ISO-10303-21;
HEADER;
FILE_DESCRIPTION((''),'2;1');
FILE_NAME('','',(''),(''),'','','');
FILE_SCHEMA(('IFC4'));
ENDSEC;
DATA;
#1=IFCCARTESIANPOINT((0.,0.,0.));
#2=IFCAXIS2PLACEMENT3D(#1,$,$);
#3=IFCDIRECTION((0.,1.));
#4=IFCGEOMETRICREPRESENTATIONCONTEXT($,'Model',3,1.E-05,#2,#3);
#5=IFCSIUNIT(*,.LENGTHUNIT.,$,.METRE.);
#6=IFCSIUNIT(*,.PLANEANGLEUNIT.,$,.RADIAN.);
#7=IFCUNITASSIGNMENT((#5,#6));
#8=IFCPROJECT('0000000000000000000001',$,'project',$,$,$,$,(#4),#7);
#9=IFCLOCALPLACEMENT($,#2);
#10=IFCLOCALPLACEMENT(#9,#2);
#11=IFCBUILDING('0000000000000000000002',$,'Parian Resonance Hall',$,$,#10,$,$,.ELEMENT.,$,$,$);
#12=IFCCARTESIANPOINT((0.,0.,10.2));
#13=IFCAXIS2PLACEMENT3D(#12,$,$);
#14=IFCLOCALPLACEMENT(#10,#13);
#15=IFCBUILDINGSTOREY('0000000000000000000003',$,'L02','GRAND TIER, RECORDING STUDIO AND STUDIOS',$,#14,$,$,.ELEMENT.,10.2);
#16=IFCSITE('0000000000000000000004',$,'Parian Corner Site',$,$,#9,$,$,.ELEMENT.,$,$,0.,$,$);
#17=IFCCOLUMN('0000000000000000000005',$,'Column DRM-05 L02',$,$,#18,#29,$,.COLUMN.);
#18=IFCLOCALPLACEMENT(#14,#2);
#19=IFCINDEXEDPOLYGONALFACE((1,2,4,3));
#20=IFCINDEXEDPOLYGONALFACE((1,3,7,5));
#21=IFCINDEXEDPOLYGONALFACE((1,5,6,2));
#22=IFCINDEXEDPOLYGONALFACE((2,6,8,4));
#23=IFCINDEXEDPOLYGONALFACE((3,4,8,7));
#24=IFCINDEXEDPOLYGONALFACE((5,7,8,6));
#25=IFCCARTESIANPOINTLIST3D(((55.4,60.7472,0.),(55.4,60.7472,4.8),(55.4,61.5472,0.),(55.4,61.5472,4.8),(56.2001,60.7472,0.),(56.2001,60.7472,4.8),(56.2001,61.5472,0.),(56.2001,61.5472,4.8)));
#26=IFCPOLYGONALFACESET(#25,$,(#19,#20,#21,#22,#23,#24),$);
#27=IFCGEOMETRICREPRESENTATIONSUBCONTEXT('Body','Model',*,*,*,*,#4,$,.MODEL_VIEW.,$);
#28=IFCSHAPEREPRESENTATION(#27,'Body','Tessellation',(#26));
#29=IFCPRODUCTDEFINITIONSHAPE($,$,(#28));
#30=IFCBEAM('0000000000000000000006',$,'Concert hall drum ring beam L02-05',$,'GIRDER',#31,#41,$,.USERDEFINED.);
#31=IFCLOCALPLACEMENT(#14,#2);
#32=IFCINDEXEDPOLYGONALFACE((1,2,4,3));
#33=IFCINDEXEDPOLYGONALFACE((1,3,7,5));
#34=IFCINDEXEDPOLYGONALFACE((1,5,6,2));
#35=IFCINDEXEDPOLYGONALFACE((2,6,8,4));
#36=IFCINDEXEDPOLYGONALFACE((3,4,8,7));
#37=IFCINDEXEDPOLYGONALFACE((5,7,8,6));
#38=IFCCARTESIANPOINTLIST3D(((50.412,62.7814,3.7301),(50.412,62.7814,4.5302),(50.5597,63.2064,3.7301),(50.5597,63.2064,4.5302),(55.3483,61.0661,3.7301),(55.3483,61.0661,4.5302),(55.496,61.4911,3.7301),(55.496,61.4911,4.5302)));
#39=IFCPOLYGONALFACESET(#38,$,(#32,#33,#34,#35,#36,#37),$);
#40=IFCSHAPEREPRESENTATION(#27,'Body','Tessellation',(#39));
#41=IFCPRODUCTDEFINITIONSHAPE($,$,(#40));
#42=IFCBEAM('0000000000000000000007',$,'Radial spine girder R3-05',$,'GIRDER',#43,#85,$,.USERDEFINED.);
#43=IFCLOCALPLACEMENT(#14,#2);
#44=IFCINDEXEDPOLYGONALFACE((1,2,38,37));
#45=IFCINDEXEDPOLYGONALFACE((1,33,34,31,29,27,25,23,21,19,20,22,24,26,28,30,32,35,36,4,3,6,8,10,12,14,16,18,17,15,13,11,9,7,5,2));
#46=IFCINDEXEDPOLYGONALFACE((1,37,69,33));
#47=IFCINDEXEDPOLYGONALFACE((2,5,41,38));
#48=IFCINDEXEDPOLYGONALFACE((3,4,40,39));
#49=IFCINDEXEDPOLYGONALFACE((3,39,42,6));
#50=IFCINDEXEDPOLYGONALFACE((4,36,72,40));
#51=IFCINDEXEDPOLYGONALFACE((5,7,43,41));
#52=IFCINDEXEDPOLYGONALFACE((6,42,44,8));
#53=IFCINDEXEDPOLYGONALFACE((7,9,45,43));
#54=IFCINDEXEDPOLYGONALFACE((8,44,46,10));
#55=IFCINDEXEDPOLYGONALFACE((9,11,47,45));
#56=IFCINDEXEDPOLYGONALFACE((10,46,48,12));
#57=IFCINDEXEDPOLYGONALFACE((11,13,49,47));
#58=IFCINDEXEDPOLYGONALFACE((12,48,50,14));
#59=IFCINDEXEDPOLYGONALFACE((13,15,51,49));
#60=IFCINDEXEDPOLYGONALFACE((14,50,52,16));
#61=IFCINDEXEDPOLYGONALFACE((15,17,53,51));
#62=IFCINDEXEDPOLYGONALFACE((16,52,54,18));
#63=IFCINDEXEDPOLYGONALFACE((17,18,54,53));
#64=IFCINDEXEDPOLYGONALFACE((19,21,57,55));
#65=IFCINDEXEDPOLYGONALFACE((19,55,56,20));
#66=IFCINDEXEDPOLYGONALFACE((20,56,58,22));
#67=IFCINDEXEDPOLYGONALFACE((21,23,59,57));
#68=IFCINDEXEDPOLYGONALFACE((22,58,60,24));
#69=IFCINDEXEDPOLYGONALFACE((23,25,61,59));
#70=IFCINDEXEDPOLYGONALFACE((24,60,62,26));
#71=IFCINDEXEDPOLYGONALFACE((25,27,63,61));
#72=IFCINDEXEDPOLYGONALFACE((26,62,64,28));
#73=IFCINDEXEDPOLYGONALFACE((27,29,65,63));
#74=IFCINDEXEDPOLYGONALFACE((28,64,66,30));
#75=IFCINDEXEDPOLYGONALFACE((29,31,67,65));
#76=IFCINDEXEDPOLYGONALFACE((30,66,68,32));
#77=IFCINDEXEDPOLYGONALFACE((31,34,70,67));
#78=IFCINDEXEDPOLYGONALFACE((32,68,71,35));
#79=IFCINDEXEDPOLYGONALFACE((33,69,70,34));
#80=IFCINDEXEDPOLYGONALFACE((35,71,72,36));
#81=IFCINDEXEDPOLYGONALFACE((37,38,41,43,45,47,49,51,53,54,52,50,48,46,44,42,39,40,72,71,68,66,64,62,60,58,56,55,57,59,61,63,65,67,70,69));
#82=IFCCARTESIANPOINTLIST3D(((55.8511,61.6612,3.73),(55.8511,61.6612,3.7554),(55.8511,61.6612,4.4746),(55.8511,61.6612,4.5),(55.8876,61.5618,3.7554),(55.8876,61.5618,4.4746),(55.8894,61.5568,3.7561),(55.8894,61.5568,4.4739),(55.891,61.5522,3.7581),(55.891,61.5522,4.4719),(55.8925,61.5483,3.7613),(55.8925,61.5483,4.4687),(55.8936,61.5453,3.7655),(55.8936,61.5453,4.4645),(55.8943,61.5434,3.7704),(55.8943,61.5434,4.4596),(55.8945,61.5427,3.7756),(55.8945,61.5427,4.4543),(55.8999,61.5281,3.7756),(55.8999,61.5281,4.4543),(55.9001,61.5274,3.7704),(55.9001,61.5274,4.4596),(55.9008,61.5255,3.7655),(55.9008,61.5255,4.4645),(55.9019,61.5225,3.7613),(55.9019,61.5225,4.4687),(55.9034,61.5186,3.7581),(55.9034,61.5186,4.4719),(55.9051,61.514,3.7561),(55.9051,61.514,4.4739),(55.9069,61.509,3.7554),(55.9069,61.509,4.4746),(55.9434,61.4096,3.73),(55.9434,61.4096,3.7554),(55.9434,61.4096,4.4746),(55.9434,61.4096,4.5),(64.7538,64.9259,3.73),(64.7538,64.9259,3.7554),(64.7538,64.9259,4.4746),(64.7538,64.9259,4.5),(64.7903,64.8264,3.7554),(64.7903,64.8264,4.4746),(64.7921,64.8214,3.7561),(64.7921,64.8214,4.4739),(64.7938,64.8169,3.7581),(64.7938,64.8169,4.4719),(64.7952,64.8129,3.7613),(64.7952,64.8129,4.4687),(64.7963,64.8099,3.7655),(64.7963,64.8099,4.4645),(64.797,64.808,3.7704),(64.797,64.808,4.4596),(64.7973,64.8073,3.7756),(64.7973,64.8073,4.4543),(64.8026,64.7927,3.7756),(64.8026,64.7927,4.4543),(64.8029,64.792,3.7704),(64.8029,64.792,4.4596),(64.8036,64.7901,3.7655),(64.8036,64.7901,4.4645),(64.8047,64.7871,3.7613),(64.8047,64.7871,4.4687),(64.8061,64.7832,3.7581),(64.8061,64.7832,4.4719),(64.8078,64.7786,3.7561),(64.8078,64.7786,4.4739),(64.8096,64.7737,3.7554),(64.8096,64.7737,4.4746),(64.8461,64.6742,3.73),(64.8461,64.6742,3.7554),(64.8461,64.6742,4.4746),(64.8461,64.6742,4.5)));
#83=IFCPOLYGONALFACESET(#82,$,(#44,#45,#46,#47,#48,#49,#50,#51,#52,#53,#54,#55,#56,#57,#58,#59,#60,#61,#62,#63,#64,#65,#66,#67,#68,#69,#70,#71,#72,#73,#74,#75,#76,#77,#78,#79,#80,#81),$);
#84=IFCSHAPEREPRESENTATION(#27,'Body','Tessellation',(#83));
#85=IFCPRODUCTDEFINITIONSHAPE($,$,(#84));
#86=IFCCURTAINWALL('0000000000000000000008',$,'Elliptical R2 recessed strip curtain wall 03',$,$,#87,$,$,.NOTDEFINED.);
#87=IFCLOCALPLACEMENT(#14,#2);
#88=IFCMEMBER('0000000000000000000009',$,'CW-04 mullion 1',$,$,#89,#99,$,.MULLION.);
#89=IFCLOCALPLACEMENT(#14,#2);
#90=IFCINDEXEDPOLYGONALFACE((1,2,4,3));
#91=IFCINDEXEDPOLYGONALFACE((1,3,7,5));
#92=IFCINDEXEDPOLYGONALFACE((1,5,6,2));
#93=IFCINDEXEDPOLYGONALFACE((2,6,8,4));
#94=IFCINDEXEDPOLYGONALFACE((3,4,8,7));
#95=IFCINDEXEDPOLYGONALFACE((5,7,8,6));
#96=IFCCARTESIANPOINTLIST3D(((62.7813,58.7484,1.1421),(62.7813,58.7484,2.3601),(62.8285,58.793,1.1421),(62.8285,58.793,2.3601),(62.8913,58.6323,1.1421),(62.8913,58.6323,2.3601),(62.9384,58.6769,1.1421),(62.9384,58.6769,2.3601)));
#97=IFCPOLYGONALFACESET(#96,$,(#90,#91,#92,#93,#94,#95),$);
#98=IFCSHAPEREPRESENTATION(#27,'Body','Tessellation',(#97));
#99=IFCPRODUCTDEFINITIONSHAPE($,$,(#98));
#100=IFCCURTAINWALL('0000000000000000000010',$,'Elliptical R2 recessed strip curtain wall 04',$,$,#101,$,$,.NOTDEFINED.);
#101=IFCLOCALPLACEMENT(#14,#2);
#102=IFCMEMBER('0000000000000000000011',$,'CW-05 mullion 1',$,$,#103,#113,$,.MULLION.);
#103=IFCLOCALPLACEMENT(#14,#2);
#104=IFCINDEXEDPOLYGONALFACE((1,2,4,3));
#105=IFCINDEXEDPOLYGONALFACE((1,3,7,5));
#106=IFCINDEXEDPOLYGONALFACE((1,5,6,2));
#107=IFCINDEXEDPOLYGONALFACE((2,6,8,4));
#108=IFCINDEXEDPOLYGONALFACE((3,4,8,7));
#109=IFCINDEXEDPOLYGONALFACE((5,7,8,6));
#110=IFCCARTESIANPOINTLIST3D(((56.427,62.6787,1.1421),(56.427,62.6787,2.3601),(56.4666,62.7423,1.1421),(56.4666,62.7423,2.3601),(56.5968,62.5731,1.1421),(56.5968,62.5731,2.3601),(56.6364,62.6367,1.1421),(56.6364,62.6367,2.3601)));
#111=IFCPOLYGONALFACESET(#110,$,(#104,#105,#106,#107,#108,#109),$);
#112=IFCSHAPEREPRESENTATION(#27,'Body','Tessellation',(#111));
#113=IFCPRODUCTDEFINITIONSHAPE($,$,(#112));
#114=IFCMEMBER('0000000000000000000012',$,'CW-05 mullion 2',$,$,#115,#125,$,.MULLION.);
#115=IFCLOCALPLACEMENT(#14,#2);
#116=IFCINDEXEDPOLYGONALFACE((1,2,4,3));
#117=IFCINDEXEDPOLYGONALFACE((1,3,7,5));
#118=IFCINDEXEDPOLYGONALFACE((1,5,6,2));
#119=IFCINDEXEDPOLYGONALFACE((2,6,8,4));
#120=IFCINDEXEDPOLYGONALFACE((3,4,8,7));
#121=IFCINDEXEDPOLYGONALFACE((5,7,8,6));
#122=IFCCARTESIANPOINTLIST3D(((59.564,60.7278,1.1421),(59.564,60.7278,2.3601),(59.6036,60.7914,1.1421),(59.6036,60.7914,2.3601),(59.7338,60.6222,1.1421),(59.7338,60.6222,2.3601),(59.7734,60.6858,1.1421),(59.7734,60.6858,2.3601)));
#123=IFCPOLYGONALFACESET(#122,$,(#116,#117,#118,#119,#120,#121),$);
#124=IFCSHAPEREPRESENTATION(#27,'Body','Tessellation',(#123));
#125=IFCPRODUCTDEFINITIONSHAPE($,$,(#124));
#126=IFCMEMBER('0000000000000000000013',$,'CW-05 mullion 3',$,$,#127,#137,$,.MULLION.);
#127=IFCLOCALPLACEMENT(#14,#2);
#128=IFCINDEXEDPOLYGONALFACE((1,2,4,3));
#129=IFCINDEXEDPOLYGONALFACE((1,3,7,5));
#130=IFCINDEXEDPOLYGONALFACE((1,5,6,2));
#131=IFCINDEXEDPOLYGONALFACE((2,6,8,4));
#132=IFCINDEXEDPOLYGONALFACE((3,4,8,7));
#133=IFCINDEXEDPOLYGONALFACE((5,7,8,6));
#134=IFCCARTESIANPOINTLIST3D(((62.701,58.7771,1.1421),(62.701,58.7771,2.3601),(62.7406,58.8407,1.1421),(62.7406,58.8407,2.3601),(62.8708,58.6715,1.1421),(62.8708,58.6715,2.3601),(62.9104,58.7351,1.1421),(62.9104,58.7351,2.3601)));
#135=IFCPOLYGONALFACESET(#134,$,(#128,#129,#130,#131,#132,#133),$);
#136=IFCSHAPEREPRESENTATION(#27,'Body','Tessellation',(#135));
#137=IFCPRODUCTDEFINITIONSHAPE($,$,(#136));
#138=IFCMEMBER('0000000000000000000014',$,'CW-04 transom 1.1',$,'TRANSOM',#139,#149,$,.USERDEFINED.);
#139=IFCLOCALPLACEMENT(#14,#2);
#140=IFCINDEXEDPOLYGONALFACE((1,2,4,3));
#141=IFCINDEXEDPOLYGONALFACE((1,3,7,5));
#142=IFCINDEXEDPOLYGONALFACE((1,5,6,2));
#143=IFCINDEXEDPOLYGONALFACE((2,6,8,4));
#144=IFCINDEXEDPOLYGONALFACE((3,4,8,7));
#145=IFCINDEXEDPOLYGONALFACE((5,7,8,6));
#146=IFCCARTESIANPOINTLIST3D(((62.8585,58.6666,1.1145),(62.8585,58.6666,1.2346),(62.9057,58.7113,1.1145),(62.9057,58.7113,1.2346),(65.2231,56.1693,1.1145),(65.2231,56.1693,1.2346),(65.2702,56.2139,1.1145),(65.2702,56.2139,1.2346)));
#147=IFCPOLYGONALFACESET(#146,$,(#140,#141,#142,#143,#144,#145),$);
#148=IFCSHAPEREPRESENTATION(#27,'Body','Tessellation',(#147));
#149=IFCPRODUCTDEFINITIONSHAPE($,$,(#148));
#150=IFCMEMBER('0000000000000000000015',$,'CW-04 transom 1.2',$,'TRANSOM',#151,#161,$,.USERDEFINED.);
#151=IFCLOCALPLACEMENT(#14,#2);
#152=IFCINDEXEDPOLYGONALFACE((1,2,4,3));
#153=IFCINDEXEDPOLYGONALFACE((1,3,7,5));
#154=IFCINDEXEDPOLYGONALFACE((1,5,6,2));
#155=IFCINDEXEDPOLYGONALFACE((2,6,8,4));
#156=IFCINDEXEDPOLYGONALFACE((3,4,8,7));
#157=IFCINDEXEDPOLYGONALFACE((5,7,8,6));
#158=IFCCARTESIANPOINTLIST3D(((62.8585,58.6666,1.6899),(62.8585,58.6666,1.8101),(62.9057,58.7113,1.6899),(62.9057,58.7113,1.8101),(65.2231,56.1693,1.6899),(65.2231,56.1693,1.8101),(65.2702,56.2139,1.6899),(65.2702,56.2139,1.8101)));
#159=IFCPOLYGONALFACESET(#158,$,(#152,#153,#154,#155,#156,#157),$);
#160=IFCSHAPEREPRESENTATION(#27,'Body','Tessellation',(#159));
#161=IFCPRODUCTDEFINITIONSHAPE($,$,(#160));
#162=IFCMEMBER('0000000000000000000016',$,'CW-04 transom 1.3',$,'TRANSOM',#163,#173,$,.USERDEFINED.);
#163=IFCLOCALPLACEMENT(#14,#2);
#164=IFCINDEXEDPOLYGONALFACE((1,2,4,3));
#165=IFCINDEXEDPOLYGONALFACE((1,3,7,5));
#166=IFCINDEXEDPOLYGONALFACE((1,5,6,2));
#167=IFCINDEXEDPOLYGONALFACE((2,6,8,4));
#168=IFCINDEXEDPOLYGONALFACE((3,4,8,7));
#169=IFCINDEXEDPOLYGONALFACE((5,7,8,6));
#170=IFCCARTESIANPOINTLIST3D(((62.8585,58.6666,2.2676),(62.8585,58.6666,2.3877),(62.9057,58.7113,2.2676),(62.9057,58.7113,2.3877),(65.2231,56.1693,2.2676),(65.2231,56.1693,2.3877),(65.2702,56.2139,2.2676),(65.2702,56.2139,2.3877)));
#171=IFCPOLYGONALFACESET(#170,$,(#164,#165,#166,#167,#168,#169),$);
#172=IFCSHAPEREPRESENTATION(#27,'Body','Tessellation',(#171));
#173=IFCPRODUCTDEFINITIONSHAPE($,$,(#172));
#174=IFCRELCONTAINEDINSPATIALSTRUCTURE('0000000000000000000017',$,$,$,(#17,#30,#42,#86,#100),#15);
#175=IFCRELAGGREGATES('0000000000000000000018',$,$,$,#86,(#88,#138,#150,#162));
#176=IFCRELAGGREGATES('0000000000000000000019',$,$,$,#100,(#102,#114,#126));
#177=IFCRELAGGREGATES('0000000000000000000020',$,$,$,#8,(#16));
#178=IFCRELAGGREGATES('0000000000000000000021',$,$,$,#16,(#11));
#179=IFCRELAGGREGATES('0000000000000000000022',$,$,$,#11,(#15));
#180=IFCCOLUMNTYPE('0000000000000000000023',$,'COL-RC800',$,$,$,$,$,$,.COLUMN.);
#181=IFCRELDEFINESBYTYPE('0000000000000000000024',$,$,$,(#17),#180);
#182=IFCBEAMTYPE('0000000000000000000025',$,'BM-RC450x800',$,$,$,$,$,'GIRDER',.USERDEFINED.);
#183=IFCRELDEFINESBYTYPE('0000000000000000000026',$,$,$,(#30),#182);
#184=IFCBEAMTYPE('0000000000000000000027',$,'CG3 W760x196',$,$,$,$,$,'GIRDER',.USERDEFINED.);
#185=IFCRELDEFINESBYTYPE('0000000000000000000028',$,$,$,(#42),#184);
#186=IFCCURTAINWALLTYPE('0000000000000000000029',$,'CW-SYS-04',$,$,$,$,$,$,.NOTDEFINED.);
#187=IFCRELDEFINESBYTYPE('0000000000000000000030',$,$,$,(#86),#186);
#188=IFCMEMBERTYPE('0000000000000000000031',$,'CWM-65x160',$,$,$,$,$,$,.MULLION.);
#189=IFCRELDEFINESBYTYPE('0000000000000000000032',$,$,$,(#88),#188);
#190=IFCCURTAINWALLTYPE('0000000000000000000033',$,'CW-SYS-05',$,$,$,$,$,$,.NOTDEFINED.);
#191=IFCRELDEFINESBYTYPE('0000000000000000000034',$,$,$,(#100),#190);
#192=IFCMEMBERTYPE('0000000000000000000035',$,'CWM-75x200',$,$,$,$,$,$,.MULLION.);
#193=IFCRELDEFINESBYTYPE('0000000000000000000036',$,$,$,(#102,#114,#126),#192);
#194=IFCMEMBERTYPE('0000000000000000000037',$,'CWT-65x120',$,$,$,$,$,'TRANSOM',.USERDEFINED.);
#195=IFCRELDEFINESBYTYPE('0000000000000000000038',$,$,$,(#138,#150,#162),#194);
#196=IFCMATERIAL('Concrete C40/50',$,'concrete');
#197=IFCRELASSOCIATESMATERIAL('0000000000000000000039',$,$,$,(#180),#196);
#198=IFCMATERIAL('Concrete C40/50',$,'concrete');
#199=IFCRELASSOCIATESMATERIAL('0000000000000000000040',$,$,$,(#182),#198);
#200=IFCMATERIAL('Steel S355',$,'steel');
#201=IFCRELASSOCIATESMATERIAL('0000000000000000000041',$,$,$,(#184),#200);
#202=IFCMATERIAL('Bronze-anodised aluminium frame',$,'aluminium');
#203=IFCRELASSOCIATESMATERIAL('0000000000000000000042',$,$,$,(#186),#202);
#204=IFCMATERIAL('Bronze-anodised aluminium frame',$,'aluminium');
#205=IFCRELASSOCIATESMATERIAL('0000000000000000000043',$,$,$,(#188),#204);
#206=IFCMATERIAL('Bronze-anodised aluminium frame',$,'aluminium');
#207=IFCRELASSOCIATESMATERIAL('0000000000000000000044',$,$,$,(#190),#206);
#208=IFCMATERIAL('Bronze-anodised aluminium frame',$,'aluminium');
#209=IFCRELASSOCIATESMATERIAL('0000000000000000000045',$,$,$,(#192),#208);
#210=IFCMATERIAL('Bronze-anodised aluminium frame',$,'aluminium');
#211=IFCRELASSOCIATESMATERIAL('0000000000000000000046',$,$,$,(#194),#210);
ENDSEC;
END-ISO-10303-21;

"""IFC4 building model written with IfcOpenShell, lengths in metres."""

from ifc_helpers import new_model, si_unit, direction, frame, origin, origin_2d, place, context, subcontext, project, spatial, rectangle, i_section, extrude, material, material_profile, profile_set, type_object, element, aggregate, save


model = new_model("IFC4")

# Units and contexts
model_context = context("Model", 3, precision=1e-05, world=origin(), true_north=direction((0.0, 1.0)))
body_context = subcontext(model_context, "Body", "Model", "MODEL_VIEW")
ifc_project = project(units=[si_unit("LENGTHUNIT", "METRE"), si_unit("PLANEANGLEUNIT", "RADIAN")], contexts=[model_context])

# Site, building, storey
site_placement = place(None, origin())
site = spatial("IfcSite", under=ifc_project, at=site_placement, Name="Parian Corner Site", CompositionType="ELEMENT", RefElevation=0.0)
building_placement = place(site_placement, origin())
building = spatial("IfcBuilding", under=site, at=building_placement, Name="Parian Resonance Hall", CompositionType="ELEMENT")
storey_placement = place(building_placement, frame((0.0, 0.0, 10.2)))
storey = spatial("IfcBuildingStorey", under=building, at=storey_placement, Name="L02", Description="GRAND TIER, RECORDING STUDIO AND STUDIOS", CompositionType="ELEMENT", Elevation=10.2)

# Column
ifc_material_1 = material(Name="Concrete C40/50", Category="concrete")
ifc_material_profile_1 = material_profile(ifc_material_1, rectangle(XDim=0.8, YDim=0.8, at=origin_2d()), Name="RC-COL-800x800")
ifc_profile_set_1 = profile_set([ifc_material_profile_1], Name="Concrete C40/50")
column_type = type_object("IfcColumnType", Name="COL-RC800", PredefinedType="COLUMN", material=ifc_profile_set_1)
column_placement = place(storey_placement, frame((55.8, 61.1472, 0.0), z_axis=(0.0, 0.0, 1.0), x_axis=(1.0, 0.0, 0.0)))
element("IfcColumn", 1, at=column_placement, inside=storey, type_object=column_type, Name="Column DRM-05 L02", PredefinedType="COLUMN", context=body_context, shape_type="SweptSolid", body=[
    extrude(rectangle(XDim=0.8, YDim=0.8, at=origin_2d()), origin(), (0.0, 0.0, 1.0), 4.8),
])

# Beams
ifc_material_2 = material(Name="Concrete C40/50", Category="concrete")
ifc_material_profile_2 = material_profile(ifc_material_2, rectangle(XDim=0.45, YDim=0.8, at=origin_2d()), Name="RC-BM-450x800")
ifc_profile_set_2 = profile_set([ifc_material_profile_2], Name="Concrete C40/50")
beam_type_1 = type_object("IfcBeamType", Name="BM-RC450x800", ElementType="GIRDER", PredefinedType="USERDEFINED", material=ifc_profile_set_2)
beam_1_placement = place(storey_placement, frame((55.4221, 61.2786, 4.1301), z_axis=(-0.944594, 0.328242, 0.0), x_axis=(-0.328242, -0.944594, 0.0)))
element("IfcBeam", 2, at=beam_1_placement, inside=storey, type_object=beam_type_1, Name="Concert hall drum ring beam L02-05", ObjectType="GIRDER", PredefinedType="USERDEFINED", context=body_context, shape_type="SweptSolid", body=[
    extrude(rectangle(XDim=0.45, YDim=0.8, at=origin_2d()), origin(), (0.0, 0.0, 1.0), 5.2258),
])
ifc_material_3 = material(Name="Steel S355", Category="steel")
ifc_material_profile_3 = material_profile(ifc_material_3, i_section(OverallWidth=0.2681, OverallDepth=0.77, WebThickness=0.0156, FlangeThickness=0.0254, FilletRadius=0.0203, at=origin_2d()), Name="W760x196")
ifc_profile_set_3 = profile_set([ifc_material_profile_3], Name="Steel S355")
beam_type_2 = type_object("IfcBeamType", Name="CG3 W760x196", ElementType="GIRDER", PredefinedType="USERDEFINED", material=ifc_profile_set_3)
beam_2_placement = place(storey_placement, frame((55.8972, 61.5354, 4.115), z_axis=(0.938867, 0.34428, 0.0), x_axis=(-0.34428, 0.938867, 0.0)))
element("IfcBeam", 3, at=beam_2_placement, inside=storey, type_object=beam_type_2, Name="Radial spine girder R3-05", ObjectType="GIRDER", PredefinedType="USERDEFINED", context=body_context, shape_type="SweptSolid", body=[
    extrude(i_section(OverallWidth=0.2681, OverallDepth=0.77, WebThickness=0.0156, FlangeThickness=0.0254, FilletRadius=0.0203, at=origin_2d()), origin(), (0.0, 0.0, 1.0), 9.4824),
])

# Curtain wall, member
ifc_material_4 = material(Name="Bronze-anodised aluminium frame", Category="aluminium")
curtain_wall_type_1 = type_object("IfcCurtainWallType", Name="CW-SYS-04", PredefinedType="NOTDEFINED", material=ifc_material_4)
curtain_wall_1_placement = place(storey_placement, origin())
curtain_wall_1 = element("IfcCurtainWall", 4, at=curtain_wall_1_placement, inside=storey, type_object=curtain_wall_type_1, Name="Elliptical R2 recessed strip curtain wall 03", PredefinedType="NOTDEFINED")
ifc_material_5 = material(Name="Bronze-anodised aluminium frame", Category="aluminium")
ifc_material_profile_4 = material_profile(ifc_material_5, rectangle(XDim=0.0649, YDim=0.1599, at=origin_2d()), Name="CWM-65x160")
ifc_profile_set_4 = profile_set([ifc_material_profile_4], Name="Bronze-anodised aluminium frame")
member_type_1 = type_object("IfcMemberType", Name="CWM-65x160", PredefinedType="MULLION", material=ifc_profile_set_4)
member_1_placement = place(storey_placement, frame((62.8599, 58.7126, 1.1421), z_axis=(0.0, 0.0, 1.0), x_axis=(0.726163, 0.687523, 0.0)))
member_1 = element("IfcMember", 5, at=member_1_placement, type_object=member_type_1, Name="CW-04 mullion 1", PredefinedType="MULLION", context=body_context, shape_type="SweptSolid", body=[
    extrude(rectangle(XDim=0.0649, YDim=0.1599, at=origin_2d()), origin(), (0.0, 0.0, 1.0), 1.218),
])

# Curtain wall, members
ifc_material_6 = material(Name="Bronze-anodised aluminium frame", Category="aluminium")
curtain_wall_type_2 = type_object("IfcCurtainWallType", Name="CW-SYS-05", PredefinedType="NOTDEFINED", material=ifc_material_6)
curtain_wall_2_placement = place(storey_placement, origin())
curtain_wall_2 = element("IfcCurtainWall", 6, at=curtain_wall_2_placement, inside=storey, type_object=curtain_wall_type_2, Name="Elliptical R2 recessed strip curtain wall 04", PredefinedType="NOTDEFINED")
ifc_material_7 = material(Name="Bronze-anodised aluminium frame", Category="aluminium")
ifc_material_profile_5 = material_profile(ifc_material_7, rectangle(XDim=0.075, YDim=0.2, at=origin_2d()), Name="CWM-75x200")
ifc_profile_set_5 = profile_set([ifc_material_profile_5], Name="Bronze-anodised aluminium frame")
member_type_2 = type_object("IfcMemberType", Name="CWM-75x200", PredefinedType="MULLION", material=ifc_profile_set_5)
member_2_placement = place(storey_placement, frame((56.5317, 62.6577, 1.1421), z_axis=(0.0, 0.0, 1.0), x_axis=(0.528096, 0.849185, 0.0)))
member_2 = element("IfcMember", 7, at=member_2_placement, type_object=member_type_2, Name="CW-05 mullion 1", PredefinedType="MULLION", context=body_context, shape_type="SweptSolid", body=[
    extrude(rectangle(XDim=0.075, YDim=0.2, at=origin_2d()), origin(), (0.0, 0.0, 1.0), 1.218),
])
member_3_placement = place(storey_placement, frame((59.6687, 60.7068, 1.1421), z_axis=(0.0, 0.0, 1.0), x_axis=(0.528096, 0.849185, 0.0)))
member_3 = element("IfcMember", 8, at=member_3_placement, type_object=member_type_2, Name="CW-05 mullion 2", PredefinedType="MULLION", context=body_context, shape_type="SweptSolid", body=[
    extrude(rectangle(XDim=0.075, YDim=0.2, at=origin_2d()), origin(), (0.0, 0.0, 1.0), 1.218),
])
member_4_placement = place(storey_placement, frame((62.8057, 58.7561, 1.1421), z_axis=(0.0, 0.0, 1.0), x_axis=(0.528096, 0.849185, 0.0)))
member_4 = element("IfcMember", 9, at=member_4_placement, type_object=member_type_2, Name="CW-05 mullion 3", PredefinedType="MULLION", context=body_context, shape_type="SweptSolid", body=[
    extrude(rectangle(XDim=0.075, YDim=0.2, at=origin_2d()), origin(), (0.0, 0.0, 1.0), 1.218),
])

# Members
ifc_material_8 = material(Name="Bronze-anodised aluminium frame", Category="aluminium")
ifc_material_profile_6 = material_profile(ifc_material_8, rectangle(XDim=0.0649, YDim=0.1201, at=origin_2d()), Name="CWT-65x120")
ifc_profile_set_6 = profile_set([ifc_material_profile_6], Name="Bronze-anodised aluminium frame")
member_type_3 = type_object("IfcMemberType", Name="CWT-65x120", ElementType="TRANSOM", PredefinedType="USERDEFINED", material=ifc_profile_set_6)
member_5_placement = place(storey_placement, frame((62.8821, 58.689, 1.1746), z_axis=(0.687534, -0.726152, 0.0), x_axis=(0.726152, 0.687534, 0.0)))
member_5 = element("IfcMember", 10, at=member_5_placement, type_object=member_type_3, Name="CW-04 transom 1.1", ObjectType="TRANSOM", PredefinedType="USERDEFINED", context=body_context, shape_type="SweptSolid", body=[
    extrude(rectangle(XDim=0.0649, YDim=0.1201, at=origin_2d()), origin(), (0.0, 0.0, 1.0), 3.4392),
])
member_6_placement = place(storey_placement, frame((62.8821, 58.689, 1.75), z_axis=(0.687534, -0.726152, 0.0), x_axis=(0.726152, 0.687534, 0.0)))
member_6 = element("IfcMember", 11, at=member_6_placement, type_object=member_type_3, Name="CW-04 transom 1.2", ObjectType="TRANSOM", PredefinedType="USERDEFINED", context=body_context, shape_type="SweptSolid", body=[
    extrude(rectangle(XDim=0.0649, YDim=0.1201, at=origin_2d()), origin(), (0.0, 0.0, 1.0), 3.4392),
])
member_7_placement = place(storey_placement, frame((62.8821, 58.689, 2.3276), z_axis=(0.687534, -0.726152, 0.0), x_axis=(0.726152, 0.687534, 0.0)))
member_7 = element("IfcMember", 12, at=member_7_placement, type_object=member_type_3, Name="CW-04 transom 1.3", ObjectType="TRANSOM", PredefinedType="USERDEFINED", context=body_context, shape_type="SweptSolid", body=[
    extrude(rectangle(XDim=0.0649, YDim=0.1201, at=origin_2d()), origin(), (0.0, 0.0, 1.0), 3.4392),
])
aggregate(curtain_wall_1, [member_1, member_5, member_6, member_7])

aggregate(curtain_wall_2, [member_2, member_3, member_4])

save(model, "model.ifc")
